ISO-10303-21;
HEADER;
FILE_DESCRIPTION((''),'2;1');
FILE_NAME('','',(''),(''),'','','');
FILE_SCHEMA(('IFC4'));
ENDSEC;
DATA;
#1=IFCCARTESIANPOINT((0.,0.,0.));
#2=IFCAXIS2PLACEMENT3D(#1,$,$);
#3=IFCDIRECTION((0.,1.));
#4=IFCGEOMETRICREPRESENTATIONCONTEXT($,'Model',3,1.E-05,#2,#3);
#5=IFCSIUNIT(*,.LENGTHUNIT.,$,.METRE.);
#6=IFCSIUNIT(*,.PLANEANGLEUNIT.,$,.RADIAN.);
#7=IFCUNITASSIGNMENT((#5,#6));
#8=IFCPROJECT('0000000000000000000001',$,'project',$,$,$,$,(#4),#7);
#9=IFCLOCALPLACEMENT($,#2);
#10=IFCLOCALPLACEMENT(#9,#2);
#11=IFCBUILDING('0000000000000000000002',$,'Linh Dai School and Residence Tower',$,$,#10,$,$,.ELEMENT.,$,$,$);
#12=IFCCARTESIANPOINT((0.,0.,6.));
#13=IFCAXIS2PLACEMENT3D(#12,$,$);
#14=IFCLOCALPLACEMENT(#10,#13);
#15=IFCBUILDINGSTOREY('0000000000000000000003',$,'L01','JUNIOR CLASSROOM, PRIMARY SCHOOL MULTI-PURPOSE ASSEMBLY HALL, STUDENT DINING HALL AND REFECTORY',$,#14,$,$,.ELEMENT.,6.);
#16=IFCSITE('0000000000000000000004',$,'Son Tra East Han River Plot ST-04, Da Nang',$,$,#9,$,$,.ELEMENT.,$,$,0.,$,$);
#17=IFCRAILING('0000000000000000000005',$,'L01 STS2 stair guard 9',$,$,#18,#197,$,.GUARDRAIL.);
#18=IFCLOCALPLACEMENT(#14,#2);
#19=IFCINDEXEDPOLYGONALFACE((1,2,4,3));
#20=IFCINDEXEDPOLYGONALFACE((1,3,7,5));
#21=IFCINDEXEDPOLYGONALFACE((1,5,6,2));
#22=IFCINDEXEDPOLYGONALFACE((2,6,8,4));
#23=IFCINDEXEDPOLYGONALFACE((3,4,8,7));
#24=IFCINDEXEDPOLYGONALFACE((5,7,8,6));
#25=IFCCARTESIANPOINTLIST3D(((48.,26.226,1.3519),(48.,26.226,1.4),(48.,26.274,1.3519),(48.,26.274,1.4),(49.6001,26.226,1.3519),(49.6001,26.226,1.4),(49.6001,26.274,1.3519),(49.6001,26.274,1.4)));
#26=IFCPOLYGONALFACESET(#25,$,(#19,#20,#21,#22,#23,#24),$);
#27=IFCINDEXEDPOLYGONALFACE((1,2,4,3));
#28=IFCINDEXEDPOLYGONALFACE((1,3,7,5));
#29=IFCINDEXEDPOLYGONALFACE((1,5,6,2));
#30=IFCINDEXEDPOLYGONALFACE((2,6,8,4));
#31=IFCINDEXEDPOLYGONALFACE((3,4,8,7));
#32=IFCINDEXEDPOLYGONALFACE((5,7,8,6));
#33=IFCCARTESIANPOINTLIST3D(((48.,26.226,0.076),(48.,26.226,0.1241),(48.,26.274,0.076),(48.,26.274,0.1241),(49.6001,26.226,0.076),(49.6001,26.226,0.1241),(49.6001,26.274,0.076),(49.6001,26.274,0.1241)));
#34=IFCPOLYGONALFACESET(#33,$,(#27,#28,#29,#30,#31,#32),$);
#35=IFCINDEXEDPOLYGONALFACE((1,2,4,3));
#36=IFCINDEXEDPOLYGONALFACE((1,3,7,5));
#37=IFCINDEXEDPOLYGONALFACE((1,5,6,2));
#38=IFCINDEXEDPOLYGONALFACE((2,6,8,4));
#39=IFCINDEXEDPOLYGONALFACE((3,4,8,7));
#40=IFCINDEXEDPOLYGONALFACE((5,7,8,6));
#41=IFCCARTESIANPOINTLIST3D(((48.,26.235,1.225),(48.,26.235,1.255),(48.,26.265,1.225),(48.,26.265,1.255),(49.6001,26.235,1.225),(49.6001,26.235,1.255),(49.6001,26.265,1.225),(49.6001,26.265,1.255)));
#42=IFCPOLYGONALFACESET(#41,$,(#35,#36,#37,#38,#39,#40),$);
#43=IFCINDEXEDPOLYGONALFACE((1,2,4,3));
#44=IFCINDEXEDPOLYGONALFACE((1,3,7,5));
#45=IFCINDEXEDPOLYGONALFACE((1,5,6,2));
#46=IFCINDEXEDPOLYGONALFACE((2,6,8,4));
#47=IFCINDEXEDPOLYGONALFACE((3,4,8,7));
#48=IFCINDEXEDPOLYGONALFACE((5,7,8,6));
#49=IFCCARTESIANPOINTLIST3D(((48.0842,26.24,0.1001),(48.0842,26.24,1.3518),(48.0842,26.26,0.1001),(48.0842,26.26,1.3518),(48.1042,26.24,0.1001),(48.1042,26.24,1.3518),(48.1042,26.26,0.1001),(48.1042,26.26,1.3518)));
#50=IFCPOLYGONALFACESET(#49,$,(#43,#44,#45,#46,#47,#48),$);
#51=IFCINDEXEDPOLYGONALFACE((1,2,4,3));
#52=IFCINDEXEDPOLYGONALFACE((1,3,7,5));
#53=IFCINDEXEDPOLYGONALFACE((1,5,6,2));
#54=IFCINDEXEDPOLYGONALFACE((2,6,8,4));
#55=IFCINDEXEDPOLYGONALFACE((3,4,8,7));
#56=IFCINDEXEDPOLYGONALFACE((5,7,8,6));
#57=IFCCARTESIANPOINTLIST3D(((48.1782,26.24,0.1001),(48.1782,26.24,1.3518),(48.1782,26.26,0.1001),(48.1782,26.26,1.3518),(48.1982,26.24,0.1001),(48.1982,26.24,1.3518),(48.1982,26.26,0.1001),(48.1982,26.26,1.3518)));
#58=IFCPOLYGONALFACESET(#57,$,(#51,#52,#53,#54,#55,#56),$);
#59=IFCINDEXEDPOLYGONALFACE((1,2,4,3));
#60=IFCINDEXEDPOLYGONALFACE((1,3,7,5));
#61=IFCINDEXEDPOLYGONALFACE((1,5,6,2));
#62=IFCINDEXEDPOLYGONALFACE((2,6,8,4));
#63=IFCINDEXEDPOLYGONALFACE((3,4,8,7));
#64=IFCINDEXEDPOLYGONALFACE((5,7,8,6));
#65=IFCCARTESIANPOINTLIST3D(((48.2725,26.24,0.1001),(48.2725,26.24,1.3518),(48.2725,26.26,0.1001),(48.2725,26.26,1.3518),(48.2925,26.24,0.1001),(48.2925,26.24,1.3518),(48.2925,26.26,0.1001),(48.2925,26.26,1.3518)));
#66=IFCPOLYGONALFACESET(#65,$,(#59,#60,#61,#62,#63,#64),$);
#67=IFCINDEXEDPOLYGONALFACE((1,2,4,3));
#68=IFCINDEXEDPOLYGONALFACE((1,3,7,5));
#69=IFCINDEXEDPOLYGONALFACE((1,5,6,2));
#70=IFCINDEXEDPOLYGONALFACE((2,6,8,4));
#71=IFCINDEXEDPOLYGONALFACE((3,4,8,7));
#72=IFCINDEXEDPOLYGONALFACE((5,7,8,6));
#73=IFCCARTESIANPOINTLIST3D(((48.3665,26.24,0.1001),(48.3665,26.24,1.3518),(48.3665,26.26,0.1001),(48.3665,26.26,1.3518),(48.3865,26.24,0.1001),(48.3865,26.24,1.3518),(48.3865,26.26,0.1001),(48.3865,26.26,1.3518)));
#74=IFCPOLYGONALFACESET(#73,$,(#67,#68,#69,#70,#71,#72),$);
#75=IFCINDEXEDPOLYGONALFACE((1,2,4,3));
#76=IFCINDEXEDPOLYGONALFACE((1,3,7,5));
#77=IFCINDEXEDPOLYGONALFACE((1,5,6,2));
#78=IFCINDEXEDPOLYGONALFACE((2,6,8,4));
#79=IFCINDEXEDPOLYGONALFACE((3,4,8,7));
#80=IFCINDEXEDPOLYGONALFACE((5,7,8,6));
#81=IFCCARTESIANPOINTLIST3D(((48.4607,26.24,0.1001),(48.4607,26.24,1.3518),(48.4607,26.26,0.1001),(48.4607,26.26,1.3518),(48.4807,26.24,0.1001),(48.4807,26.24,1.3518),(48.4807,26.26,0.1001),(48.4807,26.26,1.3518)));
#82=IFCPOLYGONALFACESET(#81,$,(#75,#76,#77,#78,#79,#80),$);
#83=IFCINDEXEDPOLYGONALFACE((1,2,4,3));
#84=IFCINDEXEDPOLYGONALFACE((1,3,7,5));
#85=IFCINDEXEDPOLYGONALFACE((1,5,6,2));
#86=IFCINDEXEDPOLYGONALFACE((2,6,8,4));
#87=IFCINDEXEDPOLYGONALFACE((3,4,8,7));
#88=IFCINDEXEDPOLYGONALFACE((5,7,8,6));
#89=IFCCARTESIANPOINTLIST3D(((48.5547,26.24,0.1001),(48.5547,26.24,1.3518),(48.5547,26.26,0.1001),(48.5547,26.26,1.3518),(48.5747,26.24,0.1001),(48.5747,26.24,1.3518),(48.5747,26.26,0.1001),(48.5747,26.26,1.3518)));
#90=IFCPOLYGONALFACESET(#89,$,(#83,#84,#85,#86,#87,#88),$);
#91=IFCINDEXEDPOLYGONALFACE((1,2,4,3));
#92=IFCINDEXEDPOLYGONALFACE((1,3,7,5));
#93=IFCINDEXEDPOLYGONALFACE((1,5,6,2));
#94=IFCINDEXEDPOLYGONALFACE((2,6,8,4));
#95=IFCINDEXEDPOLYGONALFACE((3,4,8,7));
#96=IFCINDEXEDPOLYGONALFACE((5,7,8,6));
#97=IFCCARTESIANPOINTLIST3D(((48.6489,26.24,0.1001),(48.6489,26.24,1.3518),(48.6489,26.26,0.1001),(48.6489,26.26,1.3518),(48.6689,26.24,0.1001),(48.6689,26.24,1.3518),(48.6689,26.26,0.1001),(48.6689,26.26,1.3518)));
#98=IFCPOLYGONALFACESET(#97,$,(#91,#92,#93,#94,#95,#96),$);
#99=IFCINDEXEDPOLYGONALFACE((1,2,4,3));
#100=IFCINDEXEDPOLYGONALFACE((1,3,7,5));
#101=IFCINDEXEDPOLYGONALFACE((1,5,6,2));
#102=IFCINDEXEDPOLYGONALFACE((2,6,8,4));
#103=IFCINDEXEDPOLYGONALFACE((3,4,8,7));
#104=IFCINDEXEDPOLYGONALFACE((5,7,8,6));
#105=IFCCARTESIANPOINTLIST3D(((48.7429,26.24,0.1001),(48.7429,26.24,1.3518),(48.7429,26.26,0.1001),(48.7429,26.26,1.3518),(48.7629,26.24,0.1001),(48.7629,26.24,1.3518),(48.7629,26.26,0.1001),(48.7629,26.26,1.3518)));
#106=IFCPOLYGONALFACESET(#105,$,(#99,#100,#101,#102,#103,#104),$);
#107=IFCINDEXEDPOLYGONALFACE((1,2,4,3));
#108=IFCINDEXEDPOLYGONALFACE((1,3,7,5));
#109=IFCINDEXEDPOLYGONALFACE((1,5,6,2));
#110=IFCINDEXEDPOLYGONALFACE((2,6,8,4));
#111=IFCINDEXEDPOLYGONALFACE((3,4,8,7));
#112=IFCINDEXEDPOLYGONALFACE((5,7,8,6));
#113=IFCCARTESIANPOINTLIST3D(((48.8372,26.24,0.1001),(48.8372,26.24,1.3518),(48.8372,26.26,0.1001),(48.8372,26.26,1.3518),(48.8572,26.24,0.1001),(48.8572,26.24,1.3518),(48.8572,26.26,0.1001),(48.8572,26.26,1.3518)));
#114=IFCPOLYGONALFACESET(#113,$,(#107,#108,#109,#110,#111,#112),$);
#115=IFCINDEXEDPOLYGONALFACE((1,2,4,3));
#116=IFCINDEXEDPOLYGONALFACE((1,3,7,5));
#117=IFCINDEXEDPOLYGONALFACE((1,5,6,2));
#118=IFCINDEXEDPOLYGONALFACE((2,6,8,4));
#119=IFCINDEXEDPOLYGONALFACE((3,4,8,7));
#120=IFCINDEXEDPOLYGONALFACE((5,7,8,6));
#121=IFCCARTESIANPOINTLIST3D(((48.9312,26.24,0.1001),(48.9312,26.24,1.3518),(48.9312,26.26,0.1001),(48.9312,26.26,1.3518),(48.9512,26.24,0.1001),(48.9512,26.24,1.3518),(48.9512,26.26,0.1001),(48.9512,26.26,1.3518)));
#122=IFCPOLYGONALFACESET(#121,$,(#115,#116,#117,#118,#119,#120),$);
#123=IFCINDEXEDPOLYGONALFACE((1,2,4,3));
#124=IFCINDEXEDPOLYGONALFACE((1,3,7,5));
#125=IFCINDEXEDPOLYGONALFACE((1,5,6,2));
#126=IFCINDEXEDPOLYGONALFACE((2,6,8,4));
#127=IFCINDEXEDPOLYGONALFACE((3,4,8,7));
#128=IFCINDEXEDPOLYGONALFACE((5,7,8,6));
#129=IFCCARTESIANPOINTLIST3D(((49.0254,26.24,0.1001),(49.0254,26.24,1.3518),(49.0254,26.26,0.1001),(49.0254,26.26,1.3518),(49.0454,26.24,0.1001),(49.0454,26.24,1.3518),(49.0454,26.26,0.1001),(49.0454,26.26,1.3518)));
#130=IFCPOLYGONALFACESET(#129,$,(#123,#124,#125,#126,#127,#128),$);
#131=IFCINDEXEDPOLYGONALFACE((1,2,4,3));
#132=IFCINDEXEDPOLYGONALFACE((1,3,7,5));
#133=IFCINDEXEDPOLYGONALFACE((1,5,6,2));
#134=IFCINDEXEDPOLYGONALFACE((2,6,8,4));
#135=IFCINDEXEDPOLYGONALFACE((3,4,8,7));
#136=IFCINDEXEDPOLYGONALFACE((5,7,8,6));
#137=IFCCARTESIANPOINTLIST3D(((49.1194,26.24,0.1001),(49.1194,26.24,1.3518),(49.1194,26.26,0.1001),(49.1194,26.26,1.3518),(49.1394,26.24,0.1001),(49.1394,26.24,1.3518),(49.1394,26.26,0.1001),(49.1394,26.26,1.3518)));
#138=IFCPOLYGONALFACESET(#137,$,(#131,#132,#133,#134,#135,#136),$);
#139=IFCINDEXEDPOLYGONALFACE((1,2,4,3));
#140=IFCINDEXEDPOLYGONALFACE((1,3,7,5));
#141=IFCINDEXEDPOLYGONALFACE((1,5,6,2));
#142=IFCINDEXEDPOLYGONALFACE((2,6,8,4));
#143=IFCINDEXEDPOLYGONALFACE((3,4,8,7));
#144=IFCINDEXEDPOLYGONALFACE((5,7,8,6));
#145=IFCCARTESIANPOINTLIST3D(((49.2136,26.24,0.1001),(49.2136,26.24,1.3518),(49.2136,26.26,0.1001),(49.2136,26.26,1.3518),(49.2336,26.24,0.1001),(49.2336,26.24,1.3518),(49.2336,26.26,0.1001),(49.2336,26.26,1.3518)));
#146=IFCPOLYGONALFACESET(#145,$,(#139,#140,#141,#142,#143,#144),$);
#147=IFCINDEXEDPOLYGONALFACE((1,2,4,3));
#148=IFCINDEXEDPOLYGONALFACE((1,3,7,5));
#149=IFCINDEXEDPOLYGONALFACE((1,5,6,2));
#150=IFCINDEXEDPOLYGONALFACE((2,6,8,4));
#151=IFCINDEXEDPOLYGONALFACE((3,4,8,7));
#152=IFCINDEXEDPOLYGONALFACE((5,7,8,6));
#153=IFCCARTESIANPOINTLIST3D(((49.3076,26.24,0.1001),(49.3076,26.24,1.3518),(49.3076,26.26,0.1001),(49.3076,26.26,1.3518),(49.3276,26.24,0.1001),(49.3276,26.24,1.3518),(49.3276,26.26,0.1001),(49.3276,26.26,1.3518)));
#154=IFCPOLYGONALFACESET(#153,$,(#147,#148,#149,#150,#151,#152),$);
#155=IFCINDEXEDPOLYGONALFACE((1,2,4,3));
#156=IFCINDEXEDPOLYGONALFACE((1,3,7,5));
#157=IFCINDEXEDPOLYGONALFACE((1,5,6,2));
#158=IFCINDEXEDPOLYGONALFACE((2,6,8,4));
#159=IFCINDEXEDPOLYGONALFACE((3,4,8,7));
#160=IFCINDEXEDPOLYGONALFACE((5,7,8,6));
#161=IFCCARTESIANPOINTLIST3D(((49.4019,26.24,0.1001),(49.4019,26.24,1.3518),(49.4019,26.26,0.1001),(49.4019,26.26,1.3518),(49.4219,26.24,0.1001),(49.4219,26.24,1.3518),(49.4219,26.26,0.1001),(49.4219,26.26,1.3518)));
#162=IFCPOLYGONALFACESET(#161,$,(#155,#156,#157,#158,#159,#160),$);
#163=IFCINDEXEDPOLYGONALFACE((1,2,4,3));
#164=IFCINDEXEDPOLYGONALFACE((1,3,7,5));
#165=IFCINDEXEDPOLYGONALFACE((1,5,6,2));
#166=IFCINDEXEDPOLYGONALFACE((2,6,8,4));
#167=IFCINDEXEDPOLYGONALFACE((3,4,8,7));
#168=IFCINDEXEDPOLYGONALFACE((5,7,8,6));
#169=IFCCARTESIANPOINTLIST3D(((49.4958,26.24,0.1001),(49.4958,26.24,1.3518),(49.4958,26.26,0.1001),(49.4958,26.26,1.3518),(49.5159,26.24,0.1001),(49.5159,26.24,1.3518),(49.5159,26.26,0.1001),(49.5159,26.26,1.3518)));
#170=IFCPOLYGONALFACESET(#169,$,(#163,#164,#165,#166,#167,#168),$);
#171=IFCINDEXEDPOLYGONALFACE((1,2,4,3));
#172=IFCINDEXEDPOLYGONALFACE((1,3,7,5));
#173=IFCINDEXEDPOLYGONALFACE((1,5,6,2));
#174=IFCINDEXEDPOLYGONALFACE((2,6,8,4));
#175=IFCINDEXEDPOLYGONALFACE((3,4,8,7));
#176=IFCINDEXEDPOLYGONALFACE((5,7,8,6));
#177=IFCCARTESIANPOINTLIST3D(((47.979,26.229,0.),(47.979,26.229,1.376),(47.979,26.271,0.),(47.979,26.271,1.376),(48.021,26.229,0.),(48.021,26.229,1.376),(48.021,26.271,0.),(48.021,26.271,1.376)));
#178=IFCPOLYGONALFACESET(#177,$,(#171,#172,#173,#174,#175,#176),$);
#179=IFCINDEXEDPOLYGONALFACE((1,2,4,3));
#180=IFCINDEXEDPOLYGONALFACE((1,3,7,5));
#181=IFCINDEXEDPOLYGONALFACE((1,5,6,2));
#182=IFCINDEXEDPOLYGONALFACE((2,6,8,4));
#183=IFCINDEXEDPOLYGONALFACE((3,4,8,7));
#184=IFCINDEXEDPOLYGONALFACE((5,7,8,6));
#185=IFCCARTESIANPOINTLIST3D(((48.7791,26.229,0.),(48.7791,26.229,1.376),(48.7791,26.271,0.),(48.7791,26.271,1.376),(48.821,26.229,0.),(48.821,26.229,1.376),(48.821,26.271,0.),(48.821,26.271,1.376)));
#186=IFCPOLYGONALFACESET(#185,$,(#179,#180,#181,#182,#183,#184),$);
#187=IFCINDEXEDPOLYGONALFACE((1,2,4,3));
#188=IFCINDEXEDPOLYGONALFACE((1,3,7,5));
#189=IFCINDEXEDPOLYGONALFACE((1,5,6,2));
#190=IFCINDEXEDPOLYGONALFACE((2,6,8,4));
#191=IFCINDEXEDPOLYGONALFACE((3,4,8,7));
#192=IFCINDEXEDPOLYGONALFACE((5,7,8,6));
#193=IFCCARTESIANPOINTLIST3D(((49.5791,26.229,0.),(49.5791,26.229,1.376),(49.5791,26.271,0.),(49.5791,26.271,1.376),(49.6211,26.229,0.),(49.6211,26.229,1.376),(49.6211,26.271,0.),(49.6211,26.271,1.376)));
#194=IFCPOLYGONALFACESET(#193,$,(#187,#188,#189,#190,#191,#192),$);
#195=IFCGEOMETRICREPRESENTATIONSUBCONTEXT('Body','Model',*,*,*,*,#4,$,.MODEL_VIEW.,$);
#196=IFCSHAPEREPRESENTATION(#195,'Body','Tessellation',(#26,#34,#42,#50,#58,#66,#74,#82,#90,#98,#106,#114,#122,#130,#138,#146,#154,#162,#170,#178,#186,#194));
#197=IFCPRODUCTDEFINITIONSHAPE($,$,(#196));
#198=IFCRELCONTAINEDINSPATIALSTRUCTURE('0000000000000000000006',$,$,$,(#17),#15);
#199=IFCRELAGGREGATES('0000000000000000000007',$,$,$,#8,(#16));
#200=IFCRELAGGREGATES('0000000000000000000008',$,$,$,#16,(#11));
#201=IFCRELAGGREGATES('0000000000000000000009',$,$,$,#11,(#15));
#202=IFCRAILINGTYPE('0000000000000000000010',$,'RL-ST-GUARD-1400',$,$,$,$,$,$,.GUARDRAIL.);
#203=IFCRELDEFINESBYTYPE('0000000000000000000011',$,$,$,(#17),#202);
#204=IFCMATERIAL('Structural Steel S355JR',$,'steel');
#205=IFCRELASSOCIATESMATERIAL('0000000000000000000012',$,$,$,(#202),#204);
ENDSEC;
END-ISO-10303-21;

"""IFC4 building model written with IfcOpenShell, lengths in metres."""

from ifc_helpers import new_model, si_unit, direction, frame, origin, origin_2d, place, context, subcontext, project, spatial, rectangle, extrude, source, transform, mapped, material, type_object, element, save


model = new_model("IFC4")

# Units and contexts
model_context = context("Model", 3, precision=1e-05, world=origin(), true_north=direction((0.0, 1.0)))
body_context = subcontext(model_context, "Body", "Model", "MODEL_VIEW")
ifc_project = project(units=[si_unit("LENGTHUNIT", "METRE"), si_unit("PLANEANGLEUNIT", "RADIAN")], contexts=[model_context])

# Site, building, storey
site_placement = place(None, origin())
site = spatial("IfcSite", under=ifc_project, at=site_placement, Name="Son Tra East Han River Plot ST-04, Da Nang", CompositionType="ELEMENT", RefElevation=0.0)
building_placement = place(site_placement, origin())
building = spatial("IfcBuilding", under=site, at=building_placement, Name="Linh Dai School and Residence Tower", CompositionType="ELEMENT")
storey_placement = place(building_placement, frame((0.0, 0.0, 6.0)))
storey = spatial("IfcBuildingStorey", under=building, at=storey_placement, Name="L01", Description="JUNIOR CLASSROOM, PRIMARY SCHOOL MULTI-PURPOSE ASSEMBLY HALL, STUDENT DINING HALL AND REFECTORY", CompositionType="ELEMENT", Elevation=6.0)

# Shared definitions
ifc_material_1 = material(Name="Structural Steel S355JR", Category="steel")

# Railing
railing_type_1 = type_object("IfcRailingType", Name="RL-ST-GUARD-1400", PredefinedType="GUARDRAIL", material=ifc_material_1)
shared_shape_1 = source(origin(), body_context, "Body", "SweptSolid", [
    extrude(rectangle(XDim=0.0481, YDim=0.0481, at=origin_2d()), frame((0.0, 0.0, 1.376), z_axis=(1.0, 0.0, 0.0), x_axis=(0.0, 1.0, 0.0)), (0.0, 0.0, 1.0), 1.6001),
    extrude(rectangle(XDim=0.0481, YDim=0.0481, at=origin_2d()), frame((0.0, 0.0, 0.1001), z_axis=(1.0, 0.0, 0.0), x_axis=(0.0, 1.0, 0.0)), (0.0, 0.0, 1.0), 1.6001),
    extrude(rectangle(XDim=0.03, YDim=0.03, at=origin_2d()), frame((0.0, 0.0, 1.24), z_axis=(1.0, 0.0, 0.0), x_axis=(0.0, 1.0, 0.0)), (0.0, 0.0, 1.0), 1.6001),
    extrude(rectangle(XDim=0.02, YDim=0.02, at=origin_2d()), frame((0.0942, 0.0, 0.1001)), (0.0, 0.0, 1.0), 1.2517),
    extrude(rectangle(XDim=0.02, YDim=0.02, at=origin_2d()), frame((0.1882, 0.0, 0.1001)), (0.0, 0.0, 1.0), 1.2517),
    extrude(rectangle(XDim=0.02, YDim=0.02, at=origin_2d()), frame((0.2825, 0.0, 0.1001)), (0.0, 0.0, 1.0), 1.2517),
    extrude(rectangle(XDim=0.02, YDim=0.02, at=origin_2d()), frame((0.3765, 0.0, 0.1001)), (0.0, 0.0, 1.0), 1.2517),
    extrude(rectangle(XDim=0.02, YDim=0.02, at=origin_2d()), frame((0.4707, 0.0, 0.1001)), (0.0, 0.0, 1.0), 1.2517),
    extrude(rectangle(XDim=0.02, YDim=0.02, at=origin_2d()), frame((0.5647, 0.0, 0.1001)), (0.0, 0.0, 1.0), 1.2517),
    extrude(rectangle(XDim=0.02, YDim=0.02, at=origin_2d()), frame((0.6589, 0.0, 0.1001)), (0.0, 0.0, 1.0), 1.2517),
    extrude(rectangle(XDim=0.02, YDim=0.02, at=origin_2d()), frame((0.7529, 0.0, 0.1001)), (0.0, 0.0, 1.0), 1.2517),
    extrude(rectangle(XDim=0.02, YDim=0.02, at=origin_2d()), frame((0.8472, 0.0, 0.1001)), (0.0, 0.0, 1.0), 1.2517),
    extrude(rectangle(XDim=0.02, YDim=0.02, at=origin_2d()), frame((0.9412, 0.0, 0.1001)), (0.0, 0.0, 1.0), 1.2517),
    extrude(rectangle(XDim=0.02, YDim=0.02, at=origin_2d()), frame((1.0354, 0.0, 0.1001)), (0.0, 0.0, 1.0), 1.2517),
    extrude(rectangle(XDim=0.02, YDim=0.02, at=origin_2d()), frame((1.1294, 0.0, 0.1001)), (0.0, 0.0, 1.0), 1.2517),
    extrude(rectangle(XDim=0.02, YDim=0.02, at=origin_2d()), frame((1.2236, 0.0, 0.1001)), (0.0, 0.0, 1.0), 1.2517),
    extrude(rectangle(XDim=0.02, YDim=0.02, at=origin_2d()), frame((1.3176, 0.0, 0.1001)), (0.0, 0.0, 1.0), 1.2517),
    extrude(rectangle(XDim=0.02, YDim=0.02, at=origin_2d()), frame((1.4119, 0.0, 0.1001)), (0.0, 0.0, 1.0), 1.2517),
    extrude(rectangle(XDim=0.02, YDim=0.02, at=origin_2d()), frame((1.5059, 0.0, 0.1001)), (0.0, 0.0, 1.0), 1.2517),
    extrude(rectangle(XDim=0.042, YDim=0.042, at=origin_2d()), origin(), (0.0, 0.0, 1.0), 1.376),
    extrude(rectangle(XDim=0.042, YDim=0.042, at=origin_2d()), frame((0.8, 0.0, 0.0)), (0.0, 0.0, 1.0), 1.376),
    extrude(rectangle(XDim=0.042, YDim=0.042, at=origin_2d()), frame((1.6001, 0.0, 0.0)), (0.0, 0.0, 1.0), 1.376),
])
railing_1_placement = place(storey_placement, frame((48.0, 26.25, 0.0)))
element("IfcRailing", 1, at=railing_1_placement, inside=storey, type_object=railing_type_1, Name="L01 STS2 stair guard 9", PredefinedType="GUARDRAIL", context=body_context, shape_type="MappedRepresentation", body=[
    mapped(shared_shape_1, transform((0.0, 0.0, 0.0), x_axis=(1.0, 0.0, 0.0), y_axis=(0.0, 1.0, 0.0), z_axis=(0.0, 0.0, 1.0), scale=1.0)),
])

save(model, "model.ifc")
